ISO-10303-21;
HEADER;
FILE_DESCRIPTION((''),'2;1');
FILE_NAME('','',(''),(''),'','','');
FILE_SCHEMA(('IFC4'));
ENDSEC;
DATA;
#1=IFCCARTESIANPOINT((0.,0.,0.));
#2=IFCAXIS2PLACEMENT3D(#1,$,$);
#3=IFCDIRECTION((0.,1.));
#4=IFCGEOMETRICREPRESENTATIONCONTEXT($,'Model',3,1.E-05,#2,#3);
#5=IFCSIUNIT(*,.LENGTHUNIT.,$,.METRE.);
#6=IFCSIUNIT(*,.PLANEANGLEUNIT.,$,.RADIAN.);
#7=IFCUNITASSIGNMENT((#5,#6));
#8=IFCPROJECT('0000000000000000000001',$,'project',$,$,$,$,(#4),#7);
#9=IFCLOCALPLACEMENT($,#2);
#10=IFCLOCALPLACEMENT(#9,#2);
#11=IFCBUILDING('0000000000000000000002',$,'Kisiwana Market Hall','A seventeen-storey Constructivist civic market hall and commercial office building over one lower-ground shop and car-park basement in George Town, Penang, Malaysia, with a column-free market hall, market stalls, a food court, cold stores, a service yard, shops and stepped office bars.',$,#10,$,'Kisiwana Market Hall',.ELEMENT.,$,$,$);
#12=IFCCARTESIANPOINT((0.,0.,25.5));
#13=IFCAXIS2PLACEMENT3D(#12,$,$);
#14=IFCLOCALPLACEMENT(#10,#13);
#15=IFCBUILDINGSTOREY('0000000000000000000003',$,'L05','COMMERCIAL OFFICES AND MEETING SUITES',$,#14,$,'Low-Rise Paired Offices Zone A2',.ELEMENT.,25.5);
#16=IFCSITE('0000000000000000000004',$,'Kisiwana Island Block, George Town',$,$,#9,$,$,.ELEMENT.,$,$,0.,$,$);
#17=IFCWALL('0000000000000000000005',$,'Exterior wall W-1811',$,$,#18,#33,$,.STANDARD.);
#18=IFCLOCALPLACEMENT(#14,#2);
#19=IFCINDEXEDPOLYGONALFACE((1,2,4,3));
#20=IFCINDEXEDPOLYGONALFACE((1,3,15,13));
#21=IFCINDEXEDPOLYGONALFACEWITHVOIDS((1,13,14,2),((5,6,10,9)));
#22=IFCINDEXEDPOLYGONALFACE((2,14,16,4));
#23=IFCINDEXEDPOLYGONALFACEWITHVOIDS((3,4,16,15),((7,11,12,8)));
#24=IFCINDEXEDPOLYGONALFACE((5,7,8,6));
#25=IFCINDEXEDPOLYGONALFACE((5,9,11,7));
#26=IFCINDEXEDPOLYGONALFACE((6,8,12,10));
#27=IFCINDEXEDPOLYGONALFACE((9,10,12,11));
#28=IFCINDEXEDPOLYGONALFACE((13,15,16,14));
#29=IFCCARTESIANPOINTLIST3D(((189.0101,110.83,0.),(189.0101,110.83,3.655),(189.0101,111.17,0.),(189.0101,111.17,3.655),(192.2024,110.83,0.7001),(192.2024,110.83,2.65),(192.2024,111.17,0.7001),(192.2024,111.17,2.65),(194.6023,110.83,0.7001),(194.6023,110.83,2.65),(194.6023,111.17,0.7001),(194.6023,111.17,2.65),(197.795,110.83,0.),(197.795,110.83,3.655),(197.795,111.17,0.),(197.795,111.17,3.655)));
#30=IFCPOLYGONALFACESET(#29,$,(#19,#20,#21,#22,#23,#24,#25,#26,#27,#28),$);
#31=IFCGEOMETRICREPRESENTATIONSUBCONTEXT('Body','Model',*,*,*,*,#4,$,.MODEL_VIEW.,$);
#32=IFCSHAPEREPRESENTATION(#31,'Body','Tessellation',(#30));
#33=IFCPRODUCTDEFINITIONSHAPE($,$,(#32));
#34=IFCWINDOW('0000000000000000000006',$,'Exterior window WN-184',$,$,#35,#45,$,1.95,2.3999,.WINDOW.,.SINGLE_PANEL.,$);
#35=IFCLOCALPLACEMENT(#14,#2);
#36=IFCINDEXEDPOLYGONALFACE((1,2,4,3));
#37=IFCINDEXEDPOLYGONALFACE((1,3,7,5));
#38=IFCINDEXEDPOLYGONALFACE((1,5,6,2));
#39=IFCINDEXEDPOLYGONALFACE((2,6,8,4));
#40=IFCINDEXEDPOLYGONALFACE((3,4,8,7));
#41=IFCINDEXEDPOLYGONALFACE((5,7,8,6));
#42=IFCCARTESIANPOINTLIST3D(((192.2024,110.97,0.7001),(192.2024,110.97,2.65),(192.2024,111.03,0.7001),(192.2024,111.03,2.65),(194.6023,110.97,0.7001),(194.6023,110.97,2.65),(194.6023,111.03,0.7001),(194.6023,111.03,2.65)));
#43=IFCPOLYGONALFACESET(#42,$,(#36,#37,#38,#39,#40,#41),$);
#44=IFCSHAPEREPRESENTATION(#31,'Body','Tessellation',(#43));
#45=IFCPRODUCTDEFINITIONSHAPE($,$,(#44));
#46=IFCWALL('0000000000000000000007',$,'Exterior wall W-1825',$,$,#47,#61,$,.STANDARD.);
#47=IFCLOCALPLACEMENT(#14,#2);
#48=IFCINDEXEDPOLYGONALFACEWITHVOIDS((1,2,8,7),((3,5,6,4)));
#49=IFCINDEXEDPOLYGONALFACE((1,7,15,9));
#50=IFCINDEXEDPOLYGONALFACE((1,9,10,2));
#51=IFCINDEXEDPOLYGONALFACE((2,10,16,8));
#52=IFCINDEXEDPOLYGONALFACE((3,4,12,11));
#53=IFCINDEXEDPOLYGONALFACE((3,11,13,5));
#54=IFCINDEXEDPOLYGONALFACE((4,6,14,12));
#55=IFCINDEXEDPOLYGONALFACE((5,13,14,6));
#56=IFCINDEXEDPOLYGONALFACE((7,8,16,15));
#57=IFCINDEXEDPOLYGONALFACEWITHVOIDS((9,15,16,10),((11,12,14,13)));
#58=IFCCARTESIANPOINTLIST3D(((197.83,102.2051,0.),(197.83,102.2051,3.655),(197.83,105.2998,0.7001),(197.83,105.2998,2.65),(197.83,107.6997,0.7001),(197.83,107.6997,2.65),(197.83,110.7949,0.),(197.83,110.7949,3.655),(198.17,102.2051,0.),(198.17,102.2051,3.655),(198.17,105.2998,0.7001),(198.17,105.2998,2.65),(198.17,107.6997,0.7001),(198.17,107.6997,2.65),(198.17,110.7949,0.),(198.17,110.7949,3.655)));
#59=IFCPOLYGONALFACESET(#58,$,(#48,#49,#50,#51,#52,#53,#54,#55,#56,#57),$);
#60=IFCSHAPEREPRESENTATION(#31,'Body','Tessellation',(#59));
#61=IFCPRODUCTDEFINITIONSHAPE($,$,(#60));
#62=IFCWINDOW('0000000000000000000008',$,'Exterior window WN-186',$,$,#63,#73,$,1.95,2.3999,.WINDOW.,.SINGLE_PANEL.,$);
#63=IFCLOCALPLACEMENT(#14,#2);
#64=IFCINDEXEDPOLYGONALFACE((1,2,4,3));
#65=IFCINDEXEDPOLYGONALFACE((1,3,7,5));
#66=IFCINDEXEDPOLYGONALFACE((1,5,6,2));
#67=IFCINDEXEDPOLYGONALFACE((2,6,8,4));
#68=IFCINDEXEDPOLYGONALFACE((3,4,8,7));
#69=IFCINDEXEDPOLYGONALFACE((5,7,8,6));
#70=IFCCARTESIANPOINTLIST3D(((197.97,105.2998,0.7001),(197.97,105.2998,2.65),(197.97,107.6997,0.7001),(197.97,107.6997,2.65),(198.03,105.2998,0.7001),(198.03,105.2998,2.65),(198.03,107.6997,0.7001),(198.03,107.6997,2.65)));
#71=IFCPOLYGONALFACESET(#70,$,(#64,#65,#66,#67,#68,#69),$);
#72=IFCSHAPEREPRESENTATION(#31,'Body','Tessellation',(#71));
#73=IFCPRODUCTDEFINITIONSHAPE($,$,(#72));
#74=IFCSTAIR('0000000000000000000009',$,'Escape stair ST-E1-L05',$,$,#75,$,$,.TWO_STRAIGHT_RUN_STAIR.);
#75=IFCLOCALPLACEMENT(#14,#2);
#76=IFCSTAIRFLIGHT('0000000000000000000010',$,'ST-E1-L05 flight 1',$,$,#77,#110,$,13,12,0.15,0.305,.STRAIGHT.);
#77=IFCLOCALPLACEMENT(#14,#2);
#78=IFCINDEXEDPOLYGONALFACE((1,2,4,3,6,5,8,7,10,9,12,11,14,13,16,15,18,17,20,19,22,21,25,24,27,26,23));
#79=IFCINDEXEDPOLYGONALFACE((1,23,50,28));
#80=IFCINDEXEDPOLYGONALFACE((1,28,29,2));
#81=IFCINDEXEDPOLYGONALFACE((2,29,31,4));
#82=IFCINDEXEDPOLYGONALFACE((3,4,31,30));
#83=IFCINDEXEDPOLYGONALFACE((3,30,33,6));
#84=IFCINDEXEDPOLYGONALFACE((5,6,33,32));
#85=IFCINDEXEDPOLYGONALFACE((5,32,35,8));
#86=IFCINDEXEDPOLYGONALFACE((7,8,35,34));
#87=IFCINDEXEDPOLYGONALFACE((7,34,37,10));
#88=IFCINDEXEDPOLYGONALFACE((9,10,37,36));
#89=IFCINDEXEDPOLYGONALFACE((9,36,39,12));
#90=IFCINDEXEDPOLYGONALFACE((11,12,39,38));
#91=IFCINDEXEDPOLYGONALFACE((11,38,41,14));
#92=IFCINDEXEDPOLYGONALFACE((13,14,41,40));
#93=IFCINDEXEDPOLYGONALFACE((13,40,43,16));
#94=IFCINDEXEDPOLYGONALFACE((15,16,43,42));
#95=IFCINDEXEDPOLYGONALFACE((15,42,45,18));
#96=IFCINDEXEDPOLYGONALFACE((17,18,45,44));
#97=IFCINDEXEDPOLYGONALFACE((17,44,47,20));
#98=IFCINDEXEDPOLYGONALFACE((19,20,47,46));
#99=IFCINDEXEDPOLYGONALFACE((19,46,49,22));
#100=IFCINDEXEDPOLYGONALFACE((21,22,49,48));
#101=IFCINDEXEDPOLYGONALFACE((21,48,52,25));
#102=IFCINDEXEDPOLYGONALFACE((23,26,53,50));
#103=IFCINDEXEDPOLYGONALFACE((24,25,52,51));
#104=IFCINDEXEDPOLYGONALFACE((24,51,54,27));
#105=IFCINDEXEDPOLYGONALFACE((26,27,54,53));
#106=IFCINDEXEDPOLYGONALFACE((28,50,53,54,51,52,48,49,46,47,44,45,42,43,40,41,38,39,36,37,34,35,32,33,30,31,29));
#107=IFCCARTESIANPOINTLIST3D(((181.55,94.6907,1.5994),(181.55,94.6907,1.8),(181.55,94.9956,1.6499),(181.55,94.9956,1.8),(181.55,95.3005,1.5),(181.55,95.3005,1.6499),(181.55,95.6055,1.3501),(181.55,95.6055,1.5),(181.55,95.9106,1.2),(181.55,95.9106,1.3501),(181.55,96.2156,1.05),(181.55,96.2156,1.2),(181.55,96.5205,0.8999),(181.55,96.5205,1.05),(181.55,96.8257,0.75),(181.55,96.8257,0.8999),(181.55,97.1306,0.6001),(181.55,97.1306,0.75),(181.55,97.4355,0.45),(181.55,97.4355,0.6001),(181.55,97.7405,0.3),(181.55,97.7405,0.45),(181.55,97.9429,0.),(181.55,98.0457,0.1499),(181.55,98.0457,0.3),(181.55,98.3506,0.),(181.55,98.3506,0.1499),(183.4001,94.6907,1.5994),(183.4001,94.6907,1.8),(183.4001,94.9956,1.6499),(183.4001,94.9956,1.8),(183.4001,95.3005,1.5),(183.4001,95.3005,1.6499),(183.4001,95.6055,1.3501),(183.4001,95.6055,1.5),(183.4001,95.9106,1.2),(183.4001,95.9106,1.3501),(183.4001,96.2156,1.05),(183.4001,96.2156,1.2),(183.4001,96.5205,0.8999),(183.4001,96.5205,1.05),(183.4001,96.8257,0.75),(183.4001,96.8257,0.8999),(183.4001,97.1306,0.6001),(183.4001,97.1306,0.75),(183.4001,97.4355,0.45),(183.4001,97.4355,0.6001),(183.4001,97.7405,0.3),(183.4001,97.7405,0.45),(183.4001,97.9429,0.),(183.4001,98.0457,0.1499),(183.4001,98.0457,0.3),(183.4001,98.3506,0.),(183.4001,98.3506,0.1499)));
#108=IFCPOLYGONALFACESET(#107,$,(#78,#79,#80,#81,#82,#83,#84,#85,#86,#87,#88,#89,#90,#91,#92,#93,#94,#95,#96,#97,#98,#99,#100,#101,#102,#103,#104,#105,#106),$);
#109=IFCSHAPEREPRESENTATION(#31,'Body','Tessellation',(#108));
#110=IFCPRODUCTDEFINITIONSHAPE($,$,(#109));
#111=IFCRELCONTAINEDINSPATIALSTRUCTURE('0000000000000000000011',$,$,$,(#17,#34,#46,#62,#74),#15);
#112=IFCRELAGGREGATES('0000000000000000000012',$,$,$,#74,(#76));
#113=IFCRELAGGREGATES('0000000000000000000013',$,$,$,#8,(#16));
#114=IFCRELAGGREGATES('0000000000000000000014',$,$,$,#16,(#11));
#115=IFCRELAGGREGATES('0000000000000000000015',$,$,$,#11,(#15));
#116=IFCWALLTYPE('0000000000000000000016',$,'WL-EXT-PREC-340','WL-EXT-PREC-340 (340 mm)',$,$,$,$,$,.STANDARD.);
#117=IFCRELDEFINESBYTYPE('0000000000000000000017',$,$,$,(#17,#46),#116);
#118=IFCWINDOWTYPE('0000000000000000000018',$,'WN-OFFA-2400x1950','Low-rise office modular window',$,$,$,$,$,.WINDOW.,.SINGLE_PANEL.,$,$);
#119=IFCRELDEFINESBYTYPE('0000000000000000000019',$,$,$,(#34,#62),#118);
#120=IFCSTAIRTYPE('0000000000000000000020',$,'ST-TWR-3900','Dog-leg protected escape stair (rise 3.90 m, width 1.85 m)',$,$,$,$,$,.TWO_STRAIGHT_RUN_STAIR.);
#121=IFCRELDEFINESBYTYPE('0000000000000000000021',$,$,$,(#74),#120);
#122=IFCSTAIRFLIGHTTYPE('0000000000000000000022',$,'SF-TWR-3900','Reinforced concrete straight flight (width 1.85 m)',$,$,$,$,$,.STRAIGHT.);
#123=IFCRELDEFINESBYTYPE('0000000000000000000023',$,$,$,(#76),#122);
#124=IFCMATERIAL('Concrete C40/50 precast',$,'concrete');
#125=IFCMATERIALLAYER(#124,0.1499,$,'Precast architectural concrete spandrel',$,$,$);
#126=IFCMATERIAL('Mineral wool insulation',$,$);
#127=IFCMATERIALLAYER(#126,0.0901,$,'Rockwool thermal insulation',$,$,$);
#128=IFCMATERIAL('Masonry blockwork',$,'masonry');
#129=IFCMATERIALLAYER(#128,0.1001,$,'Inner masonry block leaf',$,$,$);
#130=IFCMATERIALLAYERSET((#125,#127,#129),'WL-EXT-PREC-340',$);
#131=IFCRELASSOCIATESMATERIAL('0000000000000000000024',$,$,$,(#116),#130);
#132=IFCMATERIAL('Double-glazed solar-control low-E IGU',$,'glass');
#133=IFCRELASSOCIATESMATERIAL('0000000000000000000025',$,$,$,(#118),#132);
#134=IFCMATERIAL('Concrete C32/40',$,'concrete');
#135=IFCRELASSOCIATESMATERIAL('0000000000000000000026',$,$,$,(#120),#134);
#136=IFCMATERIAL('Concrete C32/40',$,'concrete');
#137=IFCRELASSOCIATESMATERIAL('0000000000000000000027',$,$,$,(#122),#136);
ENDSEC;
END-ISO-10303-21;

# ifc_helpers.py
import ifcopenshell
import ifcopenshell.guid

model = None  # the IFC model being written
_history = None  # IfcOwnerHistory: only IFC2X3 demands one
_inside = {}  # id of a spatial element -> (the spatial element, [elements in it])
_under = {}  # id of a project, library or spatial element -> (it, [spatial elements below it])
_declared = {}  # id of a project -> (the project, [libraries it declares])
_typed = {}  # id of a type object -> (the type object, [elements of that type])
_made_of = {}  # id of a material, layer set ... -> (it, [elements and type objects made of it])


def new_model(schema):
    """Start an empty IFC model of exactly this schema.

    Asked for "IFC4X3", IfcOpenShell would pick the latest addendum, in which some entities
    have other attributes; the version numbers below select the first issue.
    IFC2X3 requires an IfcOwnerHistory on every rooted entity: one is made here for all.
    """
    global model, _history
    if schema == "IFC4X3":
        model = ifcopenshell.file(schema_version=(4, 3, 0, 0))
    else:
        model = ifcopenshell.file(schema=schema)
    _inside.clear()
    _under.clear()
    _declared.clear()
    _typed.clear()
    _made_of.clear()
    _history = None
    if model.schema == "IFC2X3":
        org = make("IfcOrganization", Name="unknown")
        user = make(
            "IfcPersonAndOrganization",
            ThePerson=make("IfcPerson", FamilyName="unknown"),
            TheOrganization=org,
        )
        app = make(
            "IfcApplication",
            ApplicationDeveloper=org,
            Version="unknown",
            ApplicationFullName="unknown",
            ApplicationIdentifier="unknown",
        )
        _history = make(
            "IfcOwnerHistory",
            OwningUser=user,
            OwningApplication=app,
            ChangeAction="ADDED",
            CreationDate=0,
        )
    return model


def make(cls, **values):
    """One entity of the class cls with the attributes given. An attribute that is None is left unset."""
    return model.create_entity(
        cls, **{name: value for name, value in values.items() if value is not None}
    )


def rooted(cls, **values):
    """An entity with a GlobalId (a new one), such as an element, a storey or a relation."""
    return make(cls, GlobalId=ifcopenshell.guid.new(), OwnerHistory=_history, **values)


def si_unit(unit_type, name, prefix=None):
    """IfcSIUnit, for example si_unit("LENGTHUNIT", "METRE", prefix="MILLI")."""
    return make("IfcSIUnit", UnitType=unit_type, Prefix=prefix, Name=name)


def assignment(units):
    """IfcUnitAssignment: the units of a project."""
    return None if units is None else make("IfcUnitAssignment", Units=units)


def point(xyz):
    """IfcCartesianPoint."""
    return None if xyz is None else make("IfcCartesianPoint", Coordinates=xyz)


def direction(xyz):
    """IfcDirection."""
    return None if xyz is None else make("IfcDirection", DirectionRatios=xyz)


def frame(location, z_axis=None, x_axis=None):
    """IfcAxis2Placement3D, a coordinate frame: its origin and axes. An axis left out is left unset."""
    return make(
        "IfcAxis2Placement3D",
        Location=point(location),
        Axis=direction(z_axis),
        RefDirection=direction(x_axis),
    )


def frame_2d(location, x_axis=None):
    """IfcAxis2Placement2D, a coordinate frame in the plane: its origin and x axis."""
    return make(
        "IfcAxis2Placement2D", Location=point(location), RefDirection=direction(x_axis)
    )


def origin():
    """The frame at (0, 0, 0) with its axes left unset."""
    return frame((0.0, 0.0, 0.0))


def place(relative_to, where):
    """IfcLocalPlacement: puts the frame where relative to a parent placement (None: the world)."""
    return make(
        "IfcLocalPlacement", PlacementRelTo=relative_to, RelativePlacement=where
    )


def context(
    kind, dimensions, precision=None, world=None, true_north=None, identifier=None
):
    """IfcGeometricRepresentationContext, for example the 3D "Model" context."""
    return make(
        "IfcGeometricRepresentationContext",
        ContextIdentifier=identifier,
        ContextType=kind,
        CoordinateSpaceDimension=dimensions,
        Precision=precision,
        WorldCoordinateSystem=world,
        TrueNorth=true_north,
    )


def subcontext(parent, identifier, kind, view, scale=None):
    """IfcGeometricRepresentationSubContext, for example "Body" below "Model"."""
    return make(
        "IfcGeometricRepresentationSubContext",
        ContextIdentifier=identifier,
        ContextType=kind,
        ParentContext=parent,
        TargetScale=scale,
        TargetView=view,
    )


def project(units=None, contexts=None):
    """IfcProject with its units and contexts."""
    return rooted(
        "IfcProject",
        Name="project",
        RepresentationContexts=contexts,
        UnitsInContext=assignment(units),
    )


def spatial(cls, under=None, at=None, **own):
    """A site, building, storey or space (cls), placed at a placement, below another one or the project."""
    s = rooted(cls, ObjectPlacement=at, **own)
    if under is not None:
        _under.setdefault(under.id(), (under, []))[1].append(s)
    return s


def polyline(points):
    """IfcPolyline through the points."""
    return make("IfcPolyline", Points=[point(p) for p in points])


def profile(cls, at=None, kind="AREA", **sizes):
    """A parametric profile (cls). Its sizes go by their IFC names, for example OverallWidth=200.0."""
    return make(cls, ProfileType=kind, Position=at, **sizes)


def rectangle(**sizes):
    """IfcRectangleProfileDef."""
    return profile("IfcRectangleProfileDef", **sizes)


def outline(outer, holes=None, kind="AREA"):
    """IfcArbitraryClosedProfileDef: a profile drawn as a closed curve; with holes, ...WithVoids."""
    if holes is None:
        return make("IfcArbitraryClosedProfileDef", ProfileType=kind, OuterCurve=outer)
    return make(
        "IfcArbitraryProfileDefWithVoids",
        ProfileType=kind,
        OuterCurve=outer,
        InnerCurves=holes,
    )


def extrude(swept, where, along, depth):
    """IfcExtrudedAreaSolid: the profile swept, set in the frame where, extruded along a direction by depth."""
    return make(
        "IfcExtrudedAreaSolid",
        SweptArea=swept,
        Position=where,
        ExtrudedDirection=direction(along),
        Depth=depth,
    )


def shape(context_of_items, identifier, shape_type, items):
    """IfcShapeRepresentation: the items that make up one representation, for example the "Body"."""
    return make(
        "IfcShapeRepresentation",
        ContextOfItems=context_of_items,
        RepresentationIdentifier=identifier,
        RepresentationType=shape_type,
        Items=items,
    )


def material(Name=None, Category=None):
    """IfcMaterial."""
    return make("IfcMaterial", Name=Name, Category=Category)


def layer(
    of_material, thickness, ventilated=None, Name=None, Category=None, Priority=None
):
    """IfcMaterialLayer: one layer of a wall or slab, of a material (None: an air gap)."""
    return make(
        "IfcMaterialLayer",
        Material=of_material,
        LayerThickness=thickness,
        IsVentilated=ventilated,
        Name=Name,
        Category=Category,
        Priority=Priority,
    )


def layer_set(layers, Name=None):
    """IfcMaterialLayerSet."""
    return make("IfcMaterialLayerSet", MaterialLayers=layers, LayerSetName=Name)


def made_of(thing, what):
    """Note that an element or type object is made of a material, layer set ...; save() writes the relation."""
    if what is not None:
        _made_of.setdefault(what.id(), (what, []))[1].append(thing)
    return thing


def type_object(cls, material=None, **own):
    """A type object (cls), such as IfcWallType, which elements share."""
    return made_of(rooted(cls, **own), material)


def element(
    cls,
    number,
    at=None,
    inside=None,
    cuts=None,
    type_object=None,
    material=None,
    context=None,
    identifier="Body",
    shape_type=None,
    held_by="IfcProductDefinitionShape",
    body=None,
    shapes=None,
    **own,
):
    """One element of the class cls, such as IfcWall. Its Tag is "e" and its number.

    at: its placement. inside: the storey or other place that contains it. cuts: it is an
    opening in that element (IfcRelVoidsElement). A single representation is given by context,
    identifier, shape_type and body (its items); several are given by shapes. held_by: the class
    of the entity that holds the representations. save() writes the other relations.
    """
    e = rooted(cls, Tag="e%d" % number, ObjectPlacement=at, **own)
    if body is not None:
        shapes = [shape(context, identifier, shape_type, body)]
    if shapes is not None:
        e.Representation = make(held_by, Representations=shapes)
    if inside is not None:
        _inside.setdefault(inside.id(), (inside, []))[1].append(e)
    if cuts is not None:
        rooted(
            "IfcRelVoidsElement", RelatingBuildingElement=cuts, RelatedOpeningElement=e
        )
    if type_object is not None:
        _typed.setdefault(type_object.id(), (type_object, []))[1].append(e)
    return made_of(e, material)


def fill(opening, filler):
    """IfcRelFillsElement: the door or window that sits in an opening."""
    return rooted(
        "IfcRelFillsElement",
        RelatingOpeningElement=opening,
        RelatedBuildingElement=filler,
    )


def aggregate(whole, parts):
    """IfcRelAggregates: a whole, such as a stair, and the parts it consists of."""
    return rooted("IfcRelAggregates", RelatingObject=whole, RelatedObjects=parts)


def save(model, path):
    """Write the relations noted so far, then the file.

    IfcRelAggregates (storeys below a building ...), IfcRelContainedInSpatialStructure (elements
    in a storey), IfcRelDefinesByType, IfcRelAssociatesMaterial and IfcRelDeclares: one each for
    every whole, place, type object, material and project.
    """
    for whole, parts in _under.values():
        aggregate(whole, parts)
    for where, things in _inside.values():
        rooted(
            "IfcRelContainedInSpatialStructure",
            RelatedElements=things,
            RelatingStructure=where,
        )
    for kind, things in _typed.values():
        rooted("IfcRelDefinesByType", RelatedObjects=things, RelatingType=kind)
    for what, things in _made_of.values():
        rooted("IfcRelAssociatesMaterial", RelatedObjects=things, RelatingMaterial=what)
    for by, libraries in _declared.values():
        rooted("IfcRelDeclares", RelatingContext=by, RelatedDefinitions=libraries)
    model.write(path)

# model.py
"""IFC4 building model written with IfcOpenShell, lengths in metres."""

from ifc_helpers import new_model, si_unit, direction, frame, frame_2d, origin, place, context, subcontext, project, spatial, polyline, rectangle, outline, extrude, material, layer, layer_set, type_object, element, fill, aggregate, save


model = new_model("IFC4")

# Units and contexts
model_context = context("Model", 3, precision=1e-05, world=origin(), true_north=direction((0.0, 1.0)))
body_context = subcontext(model_context, "Body", "Model", "MODEL_VIEW")
ifc_project = project(units=[si_unit("LENGTHUNIT", "METRE"), si_unit("PLANEANGLEUNIT", "RADIAN")], contexts=[model_context])

# Site, building, storey
site_placement = place(None, origin())
site = spatial("IfcSite", under=ifc_project, at=site_placement, Name="Kisiwana Island Block, George Town", CompositionType="ELEMENT", RefElevation=0.0)
building_placement = place(site_placement, origin())
building = spatial("IfcBuilding", under=site, at=building_placement, Name="Kisiwana Market Hall", Description="A seventeen-storey Constructivist civic market hall and commercial office building over one lower-ground shop and car-park basement in George Town, Penang, Malaysia, with a column-free market hall, market stalls, a food court, cold stores, a service yard, shops and stepped office bars.", LongName="Kisiwana Market Hall", CompositionType="ELEMENT")
storey_placement = place(building_placement, frame((0.0, 0.0, 25.5)))
storey = spatial("IfcBuildingStorey", under=building, at=storey_placement, Name="L05", Description="COMMERCIAL OFFICES AND MEETING SUITES", LongName="Low-Rise Paired Offices Zone A2", CompositionType="ELEMENT", Elevation=25.5)

# Walls, openings, windows
ifc_material_1 = material(Name="Concrete C40/50 precast", Category="concrete")
ifc_layer_1 = layer(ifc_material_1, 0.1499, Name="Precast architectural concrete spandrel")
ifc_material_2 = material(Name="Mineral wool insulation")
ifc_layer_2 = layer(ifc_material_2, 0.0901, Name="Rockwool thermal insulation")
ifc_material_3 = material(Name="Masonry blockwork", Category="masonry")
ifc_layer_3 = layer(ifc_material_3, 0.1001, Name="Inner masonry block leaf")
ifc_layer_set_1 = layer_set([ifc_layer_1, ifc_layer_2, ifc_layer_3], Name="WL-EXT-PREC-340")
wall_type_1 = type_object("IfcWallType", Name="WL-EXT-PREC-340", Description="WL-EXT-PREC-340 (340 mm)", PredefinedType="STANDARD", material=ifc_layer_set_1)
wall_1_placement = place(storey_placement, frame((189.01, 111.0, 0.0), z_axis=(0.0, 0.0, 1.0), x_axis=(1.0, 0.0, 0.0)))
wall_1 = element("IfcWall", 1, at=wall_1_placement, inside=storey, type_object=wall_type_1, Name="Exterior wall W-1811", PredefinedType="STANDARD", context=body_context, shape_type="SweptSolid", body=[
    extrude(rectangle(XDim=8.7849, YDim=0.3401, at=frame_2d((4.3926, 0.0))), origin(), (0.0, 0.0, 1.0), 3.655),
])
opening_1_placement = place(wall_1_placement, frame((3.1924, 0.0, 0.7)))
opening_1 = element("IfcOpeningElement", 2, at=opening_1_placement, cuts=wall_1, PredefinedType="OPENING", context=body_context, shape_type="SweptSolid", body=[
    extrude(rectangle(XDim=2.3999, YDim=1.95, at=frame_2d((1.2, 0.9751))), frame((0.0, 0.1821, 0.0), z_axis=(0.0, -1.0, 0.0), x_axis=(1.0, 0.0, 0.0)), (0.0, 0.0, 1.0), 0.364),
])
ifc_material_4 = material(Name="Double-glazed solar-control low-E IGU", Category="glass")
window_type = type_object("IfcWindowType", Name="WN-OFFA-2400x1950", Description="Low-rise office modular window", PartitioningType="SINGLE_PANEL", PredefinedType="WINDOW", material=ifc_material_4)
window_1_placement = place(opening_1_placement, origin())
window_1 = element("IfcWindow", 3, at=window_1_placement, inside=storey, type_object=window_type, Name="Exterior window WN-184", OverallHeight=1.95, OverallWidth=2.3999, PartitioningType="SINGLE_PANEL", PredefinedType="WINDOW", context=body_context, shape_type="SweptSolid", body=[
    extrude(rectangle(XDim=2.3999, YDim=1.95, at=frame_2d((1.2, 0.9751))), frame((0.0, 0.03, 0.0), z_axis=(0.0, -1.0, 0.0), x_axis=(1.0, 0.0, 0.0)), (0.0, 0.0, 1.0), 0.0601),
])
fill(opening_1, window_1)
wall_2_placement = place(storey_placement, frame((198.0, 102.2051, 0.0), z_axis=(0.0, 0.0, 1.0), x_axis=(0.0, 1.0, 0.0)))
wall_2 = element("IfcWall", 4, at=wall_2_placement, inside=storey, type_object=wall_type_1, Name="Exterior wall W-1825", PredefinedType="STANDARD", context=body_context, shape_type="SweptSolid", body=[
    extrude(rectangle(XDim=8.5898, YDim=0.3401, at=frame_2d((4.2949, 0.0))), origin(), (0.0, 0.0, 1.0), 3.655),
])
opening_2_placement = place(wall_2_placement, frame((3.0947, 0.0, 0.7)))
opening_2 = element("IfcOpeningElement", 5, at=opening_2_placement, cuts=wall_2, PredefinedType="OPENING", context=body_context, shape_type="SweptSolid", body=[
    extrude(rectangle(XDim=2.3999, YDim=1.95, at=frame_2d((1.2, 0.9751))), frame((0.0, 0.1821, 0.0), z_axis=(0.0, -1.0, 0.0), x_axis=(1.0, 0.0, 0.0)), (0.0, 0.0, 1.0), 0.364),
])
window_2_placement = place(opening_2_placement, origin())
window_2 = element("IfcWindow", 6, at=window_2_placement, inside=storey, type_object=window_type, Name="Exterior window WN-186", OverallHeight=1.95, OverallWidth=2.3999, PartitioningType="SINGLE_PANEL", PredefinedType="WINDOW", context=body_context, shape_type="SweptSolid", body=[
    extrude(rectangle(XDim=2.3999, YDim=1.95, at=frame_2d((1.2, 0.9751))), frame((0.0, 0.03, 0.0), z_axis=(0.0, -1.0, 0.0), x_axis=(1.0, 0.0, 0.0)), (0.0, 0.0, 1.0), 0.0601),
])
fill(opening_2, window_2)

# Stair, stair flight
ifc_material_5 = material(Name="Concrete C32/40", Category="concrete")
stair_type = type_object("IfcStairType", Name="ST-TWR-3900", Description="Dog-leg protected escape stair (rise 3.90 m, width 1.85 m)", PredefinedType="TWO_STRAIGHT_RUN_STAIR", material=ifc_material_5)
stair_placement = place(storey_placement, origin())
stair = element("IfcStair", 7, at=stair_placement, inside=storey, type_object=stair_type, Name="Escape stair ST-E1-L05", PredefinedType="TWO_STRAIGHT_RUN_STAIR")
ifc_material_6 = material(Name="Concrete C32/40", Category="concrete")
stair_flight_type = type_object("IfcStairFlightType", Name="SF-TWR-3900", Description="Reinforced concrete straight flight (width 1.85 m)", PredefinedType="STRAIGHT", material=ifc_material_6)
stair_flight_placement = place(storey_placement, frame((182.4751, 98.3506, 0.0), z_axis=(0.0, 0.0, 1.0), x_axis=(0.0, -1.0, 0.0)))
stair_flight = element("IfcStairFlight", 8, at=stair_flight_placement, type_object=stair_flight_type, Name="ST-E1-L05 flight 1", NumberOfRisers=13, NumberOfTreads=12, PredefinedType="STRAIGHT", RiserHeight=0.15, TreadLength=0.305, context=body_context, shape_type="SweptSolid", body=[
    extrude(outline(polyline([(0.0, 0.0), (0.0, 0.1499), (0.3049, 0.1499), (0.3049, 0.3), (0.6101, 0.3), (0.6101, 0.45), (0.915, 0.45), (0.915, 0.6001), (1.22, 0.6001), (1.22, 0.75), (1.5249, 0.75), (1.5249, 0.8999), (1.8301, 0.8999), (1.8301, 1.05), (2.135, 1.05), (2.135, 1.2), (2.4399, 1.2), (2.4399, 1.3501), (2.7451, 1.3501), (2.7451, 1.5), (3.05, 1.5), (3.05, 1.6499), (3.355, 1.6499), (3.355, 1.8), (3.6599, 1.8), (3.6599, 1.95), (3.6599, 1.5994), (0.4077, 0.0), (0.0, 0.0)])), frame((0.0, 0.925, 0.0), z_axis=(0.0, -1.0, 0.0), x_axis=(1.0, 0.0, 0.0)), (0.0, 0.0, 1.0), 1.8501),
])
aggregate(stair, [stair_flight])

save(model, "model.ifc")
